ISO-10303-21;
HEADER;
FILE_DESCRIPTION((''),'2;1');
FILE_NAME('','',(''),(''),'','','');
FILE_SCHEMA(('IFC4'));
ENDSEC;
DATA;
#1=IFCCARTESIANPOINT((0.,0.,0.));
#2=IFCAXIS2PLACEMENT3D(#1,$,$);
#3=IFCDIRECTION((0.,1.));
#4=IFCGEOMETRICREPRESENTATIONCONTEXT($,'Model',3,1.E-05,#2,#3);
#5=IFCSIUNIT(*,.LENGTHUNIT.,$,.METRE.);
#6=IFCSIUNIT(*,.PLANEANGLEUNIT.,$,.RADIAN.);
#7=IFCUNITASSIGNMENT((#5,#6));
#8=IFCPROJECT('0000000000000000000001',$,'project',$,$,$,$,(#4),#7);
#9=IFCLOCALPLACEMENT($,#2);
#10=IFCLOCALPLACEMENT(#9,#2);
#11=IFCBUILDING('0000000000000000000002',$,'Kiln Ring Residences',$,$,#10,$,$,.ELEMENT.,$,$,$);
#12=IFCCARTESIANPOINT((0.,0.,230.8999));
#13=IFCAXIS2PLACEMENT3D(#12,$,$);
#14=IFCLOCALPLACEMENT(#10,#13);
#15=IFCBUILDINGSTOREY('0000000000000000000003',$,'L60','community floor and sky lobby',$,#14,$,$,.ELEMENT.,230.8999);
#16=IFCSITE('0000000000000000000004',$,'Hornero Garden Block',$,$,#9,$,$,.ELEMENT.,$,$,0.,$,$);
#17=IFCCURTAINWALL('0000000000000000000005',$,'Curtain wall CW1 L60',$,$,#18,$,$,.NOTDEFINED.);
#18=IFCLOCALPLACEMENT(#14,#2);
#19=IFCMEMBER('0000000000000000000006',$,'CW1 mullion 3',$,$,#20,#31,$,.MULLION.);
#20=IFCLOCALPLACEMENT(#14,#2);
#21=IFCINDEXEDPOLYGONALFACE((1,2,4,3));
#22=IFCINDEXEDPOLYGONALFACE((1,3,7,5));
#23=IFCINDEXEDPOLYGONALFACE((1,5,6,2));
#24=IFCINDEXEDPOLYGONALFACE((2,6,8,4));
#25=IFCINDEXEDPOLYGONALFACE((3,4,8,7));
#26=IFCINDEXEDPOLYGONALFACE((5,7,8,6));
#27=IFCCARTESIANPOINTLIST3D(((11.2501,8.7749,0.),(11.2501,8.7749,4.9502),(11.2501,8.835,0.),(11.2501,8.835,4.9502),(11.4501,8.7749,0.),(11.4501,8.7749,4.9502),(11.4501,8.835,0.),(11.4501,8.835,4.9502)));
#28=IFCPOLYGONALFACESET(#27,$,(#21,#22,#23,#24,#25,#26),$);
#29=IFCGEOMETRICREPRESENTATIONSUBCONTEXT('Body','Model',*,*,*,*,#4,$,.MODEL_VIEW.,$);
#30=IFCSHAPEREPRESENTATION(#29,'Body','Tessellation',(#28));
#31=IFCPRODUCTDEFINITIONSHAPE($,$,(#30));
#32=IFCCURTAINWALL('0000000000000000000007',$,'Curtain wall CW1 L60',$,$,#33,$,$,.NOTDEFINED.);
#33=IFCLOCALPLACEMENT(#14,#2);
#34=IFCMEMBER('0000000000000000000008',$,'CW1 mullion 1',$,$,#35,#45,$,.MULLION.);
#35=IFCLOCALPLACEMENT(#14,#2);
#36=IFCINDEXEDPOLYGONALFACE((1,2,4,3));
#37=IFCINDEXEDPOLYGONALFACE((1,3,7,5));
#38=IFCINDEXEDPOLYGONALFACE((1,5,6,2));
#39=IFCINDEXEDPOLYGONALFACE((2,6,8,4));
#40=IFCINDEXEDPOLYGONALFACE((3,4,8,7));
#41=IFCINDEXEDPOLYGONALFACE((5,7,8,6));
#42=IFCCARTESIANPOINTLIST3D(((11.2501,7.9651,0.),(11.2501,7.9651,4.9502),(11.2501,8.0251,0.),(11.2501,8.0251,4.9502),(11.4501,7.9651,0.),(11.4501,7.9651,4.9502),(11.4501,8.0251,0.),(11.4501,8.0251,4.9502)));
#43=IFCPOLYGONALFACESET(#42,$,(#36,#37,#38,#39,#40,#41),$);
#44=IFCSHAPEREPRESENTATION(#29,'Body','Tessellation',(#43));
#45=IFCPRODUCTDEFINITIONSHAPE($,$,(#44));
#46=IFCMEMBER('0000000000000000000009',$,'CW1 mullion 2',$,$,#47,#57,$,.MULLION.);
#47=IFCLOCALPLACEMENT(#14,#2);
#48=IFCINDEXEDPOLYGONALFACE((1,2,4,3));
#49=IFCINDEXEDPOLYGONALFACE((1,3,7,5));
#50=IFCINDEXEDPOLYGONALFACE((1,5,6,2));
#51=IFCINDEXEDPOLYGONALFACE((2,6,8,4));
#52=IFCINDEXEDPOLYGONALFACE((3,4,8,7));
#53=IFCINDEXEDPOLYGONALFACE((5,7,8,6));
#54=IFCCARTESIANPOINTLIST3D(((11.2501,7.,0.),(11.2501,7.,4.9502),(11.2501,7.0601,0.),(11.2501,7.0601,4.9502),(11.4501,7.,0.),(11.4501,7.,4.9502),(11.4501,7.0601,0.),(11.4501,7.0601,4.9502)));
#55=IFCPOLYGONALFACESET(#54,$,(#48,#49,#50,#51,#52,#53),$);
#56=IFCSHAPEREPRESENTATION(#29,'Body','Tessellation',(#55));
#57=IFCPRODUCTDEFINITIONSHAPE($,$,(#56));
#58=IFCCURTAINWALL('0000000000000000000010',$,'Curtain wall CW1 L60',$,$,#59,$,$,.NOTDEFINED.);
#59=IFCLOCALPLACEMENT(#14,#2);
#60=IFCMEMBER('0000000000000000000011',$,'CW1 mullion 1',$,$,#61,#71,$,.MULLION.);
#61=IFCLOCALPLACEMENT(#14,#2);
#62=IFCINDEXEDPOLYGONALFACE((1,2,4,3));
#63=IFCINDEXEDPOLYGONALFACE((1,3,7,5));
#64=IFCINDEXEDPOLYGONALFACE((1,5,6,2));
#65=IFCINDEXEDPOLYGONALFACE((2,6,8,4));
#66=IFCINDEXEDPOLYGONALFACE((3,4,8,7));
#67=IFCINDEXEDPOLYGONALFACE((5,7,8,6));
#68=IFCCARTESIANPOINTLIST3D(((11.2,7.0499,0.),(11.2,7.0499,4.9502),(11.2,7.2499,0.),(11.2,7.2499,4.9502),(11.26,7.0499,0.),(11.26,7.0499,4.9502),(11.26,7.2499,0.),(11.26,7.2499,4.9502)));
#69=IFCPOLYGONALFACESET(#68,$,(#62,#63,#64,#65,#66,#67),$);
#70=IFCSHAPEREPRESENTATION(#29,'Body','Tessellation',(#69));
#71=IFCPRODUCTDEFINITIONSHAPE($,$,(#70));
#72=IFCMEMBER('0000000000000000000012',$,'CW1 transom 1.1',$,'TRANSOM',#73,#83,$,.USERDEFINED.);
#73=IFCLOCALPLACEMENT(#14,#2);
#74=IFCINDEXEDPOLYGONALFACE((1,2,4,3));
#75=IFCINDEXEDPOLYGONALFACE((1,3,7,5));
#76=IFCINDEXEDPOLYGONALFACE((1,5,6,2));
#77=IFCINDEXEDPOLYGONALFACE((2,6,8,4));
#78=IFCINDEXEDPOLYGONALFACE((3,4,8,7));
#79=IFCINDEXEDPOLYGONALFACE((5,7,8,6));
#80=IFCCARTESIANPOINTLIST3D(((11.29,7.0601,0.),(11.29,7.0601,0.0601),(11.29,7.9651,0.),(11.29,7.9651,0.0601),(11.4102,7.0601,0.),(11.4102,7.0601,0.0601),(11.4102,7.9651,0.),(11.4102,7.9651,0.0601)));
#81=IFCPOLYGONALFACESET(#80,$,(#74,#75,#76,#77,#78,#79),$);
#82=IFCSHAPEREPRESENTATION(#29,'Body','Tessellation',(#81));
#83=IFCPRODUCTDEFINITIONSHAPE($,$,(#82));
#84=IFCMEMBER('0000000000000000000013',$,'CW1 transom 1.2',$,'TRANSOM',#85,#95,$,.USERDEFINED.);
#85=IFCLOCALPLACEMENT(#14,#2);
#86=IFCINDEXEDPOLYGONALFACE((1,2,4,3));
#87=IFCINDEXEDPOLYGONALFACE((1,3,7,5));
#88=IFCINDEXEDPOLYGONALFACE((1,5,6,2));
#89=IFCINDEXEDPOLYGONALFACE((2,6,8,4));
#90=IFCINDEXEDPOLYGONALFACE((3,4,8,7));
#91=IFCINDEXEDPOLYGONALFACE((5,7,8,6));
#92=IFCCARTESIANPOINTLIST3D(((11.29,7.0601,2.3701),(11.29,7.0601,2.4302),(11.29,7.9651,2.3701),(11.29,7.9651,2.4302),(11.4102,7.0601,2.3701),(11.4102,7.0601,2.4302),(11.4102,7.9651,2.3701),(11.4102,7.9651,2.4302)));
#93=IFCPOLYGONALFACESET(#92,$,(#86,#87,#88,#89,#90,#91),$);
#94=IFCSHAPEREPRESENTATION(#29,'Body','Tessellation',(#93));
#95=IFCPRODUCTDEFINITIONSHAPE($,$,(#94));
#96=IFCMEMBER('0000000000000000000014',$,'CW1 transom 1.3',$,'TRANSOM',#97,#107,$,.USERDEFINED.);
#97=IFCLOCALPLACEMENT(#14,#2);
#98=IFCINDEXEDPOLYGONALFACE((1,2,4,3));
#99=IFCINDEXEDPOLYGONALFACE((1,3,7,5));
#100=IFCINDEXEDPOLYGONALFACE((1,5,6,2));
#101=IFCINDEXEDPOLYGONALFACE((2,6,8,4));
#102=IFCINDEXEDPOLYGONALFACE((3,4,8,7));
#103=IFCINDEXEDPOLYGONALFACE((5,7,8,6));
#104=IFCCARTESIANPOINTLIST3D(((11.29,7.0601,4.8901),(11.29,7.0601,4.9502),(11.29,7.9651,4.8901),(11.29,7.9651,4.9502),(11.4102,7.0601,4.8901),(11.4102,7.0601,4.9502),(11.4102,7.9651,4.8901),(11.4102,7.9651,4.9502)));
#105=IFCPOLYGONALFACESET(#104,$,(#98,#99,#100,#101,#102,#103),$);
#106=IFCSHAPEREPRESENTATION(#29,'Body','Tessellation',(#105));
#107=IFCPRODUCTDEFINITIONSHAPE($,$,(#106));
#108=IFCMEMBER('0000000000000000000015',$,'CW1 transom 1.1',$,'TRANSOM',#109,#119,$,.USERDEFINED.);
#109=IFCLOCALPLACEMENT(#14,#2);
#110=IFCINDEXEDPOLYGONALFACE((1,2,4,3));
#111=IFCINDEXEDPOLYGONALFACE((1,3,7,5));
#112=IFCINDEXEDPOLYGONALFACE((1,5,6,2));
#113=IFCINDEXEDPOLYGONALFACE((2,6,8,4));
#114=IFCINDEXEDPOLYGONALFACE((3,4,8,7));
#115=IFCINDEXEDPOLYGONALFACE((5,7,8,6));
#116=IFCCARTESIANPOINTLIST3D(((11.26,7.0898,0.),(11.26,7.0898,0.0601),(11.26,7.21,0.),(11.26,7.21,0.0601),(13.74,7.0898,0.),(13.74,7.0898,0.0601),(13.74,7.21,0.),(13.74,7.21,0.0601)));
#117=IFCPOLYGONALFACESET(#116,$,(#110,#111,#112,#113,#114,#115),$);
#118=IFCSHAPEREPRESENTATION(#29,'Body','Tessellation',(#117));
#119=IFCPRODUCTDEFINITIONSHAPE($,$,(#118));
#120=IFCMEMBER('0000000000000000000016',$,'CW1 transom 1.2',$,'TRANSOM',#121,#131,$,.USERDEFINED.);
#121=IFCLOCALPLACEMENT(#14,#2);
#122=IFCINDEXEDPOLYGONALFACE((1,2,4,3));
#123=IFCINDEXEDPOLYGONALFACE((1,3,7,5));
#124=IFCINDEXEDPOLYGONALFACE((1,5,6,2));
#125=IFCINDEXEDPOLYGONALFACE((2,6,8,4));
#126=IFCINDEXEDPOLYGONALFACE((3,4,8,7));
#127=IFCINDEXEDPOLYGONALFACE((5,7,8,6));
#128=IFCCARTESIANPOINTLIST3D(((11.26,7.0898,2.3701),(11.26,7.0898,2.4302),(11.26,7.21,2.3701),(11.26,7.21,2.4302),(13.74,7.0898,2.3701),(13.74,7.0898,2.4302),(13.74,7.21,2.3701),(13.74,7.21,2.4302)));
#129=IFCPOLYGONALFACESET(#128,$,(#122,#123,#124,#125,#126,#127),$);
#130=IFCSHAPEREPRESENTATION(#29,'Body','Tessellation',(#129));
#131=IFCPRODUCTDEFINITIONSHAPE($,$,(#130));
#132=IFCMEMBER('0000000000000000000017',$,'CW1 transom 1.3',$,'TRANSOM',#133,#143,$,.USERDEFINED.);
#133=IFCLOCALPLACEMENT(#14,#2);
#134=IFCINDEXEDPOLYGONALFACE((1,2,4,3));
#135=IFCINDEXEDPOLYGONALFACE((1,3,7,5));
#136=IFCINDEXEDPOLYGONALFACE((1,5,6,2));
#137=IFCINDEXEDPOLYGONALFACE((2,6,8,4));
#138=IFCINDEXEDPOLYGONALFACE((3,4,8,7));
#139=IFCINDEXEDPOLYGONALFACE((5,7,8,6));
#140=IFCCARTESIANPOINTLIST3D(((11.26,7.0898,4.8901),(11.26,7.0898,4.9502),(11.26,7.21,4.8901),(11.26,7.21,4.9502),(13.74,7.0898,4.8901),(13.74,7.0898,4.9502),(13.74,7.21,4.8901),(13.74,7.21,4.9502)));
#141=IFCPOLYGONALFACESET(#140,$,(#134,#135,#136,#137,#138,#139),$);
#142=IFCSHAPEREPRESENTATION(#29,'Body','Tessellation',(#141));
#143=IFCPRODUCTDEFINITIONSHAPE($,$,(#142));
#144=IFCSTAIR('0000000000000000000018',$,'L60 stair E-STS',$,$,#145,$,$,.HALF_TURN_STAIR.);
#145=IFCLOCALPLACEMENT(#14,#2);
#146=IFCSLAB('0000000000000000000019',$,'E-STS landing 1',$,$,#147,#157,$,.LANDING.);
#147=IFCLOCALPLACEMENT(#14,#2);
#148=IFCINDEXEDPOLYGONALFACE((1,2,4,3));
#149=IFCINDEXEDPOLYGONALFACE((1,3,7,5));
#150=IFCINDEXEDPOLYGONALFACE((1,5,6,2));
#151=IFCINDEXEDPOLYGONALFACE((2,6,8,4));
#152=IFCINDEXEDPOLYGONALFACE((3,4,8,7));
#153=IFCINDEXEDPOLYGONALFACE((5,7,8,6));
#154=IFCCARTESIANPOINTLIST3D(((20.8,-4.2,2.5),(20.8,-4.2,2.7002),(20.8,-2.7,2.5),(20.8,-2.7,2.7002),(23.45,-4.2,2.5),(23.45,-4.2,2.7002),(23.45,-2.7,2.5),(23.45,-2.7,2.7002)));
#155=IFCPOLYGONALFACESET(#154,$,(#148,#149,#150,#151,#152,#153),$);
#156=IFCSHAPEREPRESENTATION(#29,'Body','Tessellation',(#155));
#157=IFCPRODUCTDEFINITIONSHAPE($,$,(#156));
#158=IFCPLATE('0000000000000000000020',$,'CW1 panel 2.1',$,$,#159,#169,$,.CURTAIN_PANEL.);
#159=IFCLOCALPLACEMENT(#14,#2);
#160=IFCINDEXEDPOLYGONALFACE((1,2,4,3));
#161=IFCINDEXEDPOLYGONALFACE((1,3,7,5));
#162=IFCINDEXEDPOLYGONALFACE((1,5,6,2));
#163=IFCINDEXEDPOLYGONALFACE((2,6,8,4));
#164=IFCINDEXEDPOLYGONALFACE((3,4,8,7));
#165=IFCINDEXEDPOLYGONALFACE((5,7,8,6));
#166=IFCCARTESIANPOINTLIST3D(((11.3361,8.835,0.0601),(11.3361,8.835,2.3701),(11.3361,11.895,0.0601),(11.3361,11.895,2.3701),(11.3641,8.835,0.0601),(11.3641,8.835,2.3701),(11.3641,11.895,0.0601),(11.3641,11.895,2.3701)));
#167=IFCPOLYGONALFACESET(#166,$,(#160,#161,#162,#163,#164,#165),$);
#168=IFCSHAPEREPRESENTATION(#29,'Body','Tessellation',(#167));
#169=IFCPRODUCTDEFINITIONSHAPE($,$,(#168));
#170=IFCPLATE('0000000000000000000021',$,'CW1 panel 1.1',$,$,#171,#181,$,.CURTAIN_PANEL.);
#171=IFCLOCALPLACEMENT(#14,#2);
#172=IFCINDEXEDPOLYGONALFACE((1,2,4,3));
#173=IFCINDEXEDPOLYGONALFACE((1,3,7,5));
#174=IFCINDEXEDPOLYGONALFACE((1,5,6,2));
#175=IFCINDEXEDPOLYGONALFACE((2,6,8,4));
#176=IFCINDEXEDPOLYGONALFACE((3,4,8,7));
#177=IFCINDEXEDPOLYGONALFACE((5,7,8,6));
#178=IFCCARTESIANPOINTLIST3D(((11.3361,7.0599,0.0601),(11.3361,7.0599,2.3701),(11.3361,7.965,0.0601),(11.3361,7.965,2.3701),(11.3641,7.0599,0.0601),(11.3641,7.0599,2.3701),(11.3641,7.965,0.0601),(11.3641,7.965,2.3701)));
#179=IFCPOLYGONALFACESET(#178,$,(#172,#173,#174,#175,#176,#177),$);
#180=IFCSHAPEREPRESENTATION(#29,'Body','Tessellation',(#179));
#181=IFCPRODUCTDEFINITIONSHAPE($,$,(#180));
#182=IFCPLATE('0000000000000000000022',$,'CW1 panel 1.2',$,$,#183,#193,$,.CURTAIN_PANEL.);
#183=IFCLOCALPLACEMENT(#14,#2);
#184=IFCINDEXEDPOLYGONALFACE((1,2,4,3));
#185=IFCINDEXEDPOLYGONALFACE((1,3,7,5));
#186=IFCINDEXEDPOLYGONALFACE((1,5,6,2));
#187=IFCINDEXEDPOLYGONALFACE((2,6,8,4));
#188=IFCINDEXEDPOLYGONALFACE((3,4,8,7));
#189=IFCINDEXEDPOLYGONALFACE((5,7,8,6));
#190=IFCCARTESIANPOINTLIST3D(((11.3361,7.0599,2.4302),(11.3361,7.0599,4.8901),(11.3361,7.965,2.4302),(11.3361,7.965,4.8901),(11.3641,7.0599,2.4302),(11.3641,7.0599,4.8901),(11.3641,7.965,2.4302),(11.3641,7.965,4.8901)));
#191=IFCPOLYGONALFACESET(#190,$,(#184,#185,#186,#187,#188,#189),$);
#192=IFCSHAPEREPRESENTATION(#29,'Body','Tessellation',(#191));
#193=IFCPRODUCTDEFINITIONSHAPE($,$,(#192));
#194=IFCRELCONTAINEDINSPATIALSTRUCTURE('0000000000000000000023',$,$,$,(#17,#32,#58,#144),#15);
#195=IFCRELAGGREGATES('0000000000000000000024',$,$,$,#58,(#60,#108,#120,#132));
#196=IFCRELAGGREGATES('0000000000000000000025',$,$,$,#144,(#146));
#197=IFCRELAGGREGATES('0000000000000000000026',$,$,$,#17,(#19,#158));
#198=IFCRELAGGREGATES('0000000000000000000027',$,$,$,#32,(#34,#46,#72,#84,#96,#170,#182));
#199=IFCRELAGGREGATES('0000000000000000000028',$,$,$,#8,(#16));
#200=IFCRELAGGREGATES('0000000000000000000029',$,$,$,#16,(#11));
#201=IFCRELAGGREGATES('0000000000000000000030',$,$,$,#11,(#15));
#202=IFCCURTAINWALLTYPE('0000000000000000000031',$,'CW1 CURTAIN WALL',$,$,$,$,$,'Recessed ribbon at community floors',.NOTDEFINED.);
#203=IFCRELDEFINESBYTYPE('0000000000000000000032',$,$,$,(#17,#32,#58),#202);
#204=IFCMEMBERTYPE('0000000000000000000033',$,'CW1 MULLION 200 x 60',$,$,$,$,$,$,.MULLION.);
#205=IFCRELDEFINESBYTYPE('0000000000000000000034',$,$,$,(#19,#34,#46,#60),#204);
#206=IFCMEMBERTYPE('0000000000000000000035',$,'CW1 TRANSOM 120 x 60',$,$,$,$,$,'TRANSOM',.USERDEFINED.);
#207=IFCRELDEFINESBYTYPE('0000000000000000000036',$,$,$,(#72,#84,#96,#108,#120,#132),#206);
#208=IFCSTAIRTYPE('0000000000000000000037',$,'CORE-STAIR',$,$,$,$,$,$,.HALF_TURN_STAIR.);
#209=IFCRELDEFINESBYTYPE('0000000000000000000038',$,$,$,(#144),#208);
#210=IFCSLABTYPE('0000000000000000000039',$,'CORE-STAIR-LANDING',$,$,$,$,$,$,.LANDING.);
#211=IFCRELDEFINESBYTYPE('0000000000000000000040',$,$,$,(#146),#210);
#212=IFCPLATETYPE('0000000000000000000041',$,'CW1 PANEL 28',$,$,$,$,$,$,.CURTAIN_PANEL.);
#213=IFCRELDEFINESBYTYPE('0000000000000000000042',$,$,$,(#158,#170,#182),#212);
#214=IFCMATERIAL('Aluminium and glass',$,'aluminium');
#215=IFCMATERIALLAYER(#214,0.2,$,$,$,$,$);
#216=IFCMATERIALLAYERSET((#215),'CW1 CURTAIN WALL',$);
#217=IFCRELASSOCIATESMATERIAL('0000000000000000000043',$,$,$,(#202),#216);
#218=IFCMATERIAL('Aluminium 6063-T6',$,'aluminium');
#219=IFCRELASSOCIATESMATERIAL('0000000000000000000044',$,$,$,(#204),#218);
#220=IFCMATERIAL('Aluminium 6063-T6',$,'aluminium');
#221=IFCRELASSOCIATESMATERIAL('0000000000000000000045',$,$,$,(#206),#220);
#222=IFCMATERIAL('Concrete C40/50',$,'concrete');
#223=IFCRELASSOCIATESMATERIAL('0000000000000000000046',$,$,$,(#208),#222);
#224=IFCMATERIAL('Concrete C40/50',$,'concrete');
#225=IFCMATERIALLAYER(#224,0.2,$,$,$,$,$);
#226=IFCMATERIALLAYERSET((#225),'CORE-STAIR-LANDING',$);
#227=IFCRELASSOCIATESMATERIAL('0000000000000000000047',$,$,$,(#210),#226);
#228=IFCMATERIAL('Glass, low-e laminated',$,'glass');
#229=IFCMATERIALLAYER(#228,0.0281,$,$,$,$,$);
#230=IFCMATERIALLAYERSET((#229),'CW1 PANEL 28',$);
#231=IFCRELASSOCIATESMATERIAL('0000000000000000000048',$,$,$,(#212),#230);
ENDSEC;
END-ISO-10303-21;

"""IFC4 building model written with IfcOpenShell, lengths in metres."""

from ifc_helpers import new_model, si_unit, direction, frame, origin, origin_2d, place, context, subcontext, project, spatial, polyline, rectangle, outline, extrude, material, layer, layer_set, material_profile, profile_set, type_object, element, aggregate, save


model = new_model("IFC4")

# Units and contexts
model_context = context("Model", 3, precision=1e-05, world=origin(), true_north=direction((0.0, 1.0)))
body_context = subcontext(model_context, "Body", "Model", "MODEL_VIEW")
ifc_project = project(units=[si_unit("LENGTHUNIT", "METRE"), si_unit("PLANEANGLEUNIT", "RADIAN")], contexts=[model_context])

# Site, building, storey
site_placement = place(None, origin())
site = spatial("IfcSite", under=ifc_project, at=site_placement, Name="Hornero Garden Block", CompositionType="ELEMENT", RefElevation=0.0)
building_placement = place(site_placement, origin())
building = spatial("IfcBuilding", under=site, at=building_placement, Name="Kiln Ring Residences", CompositionType="ELEMENT")
storey_placement = place(building_placement, frame((0.0, 0.0, 230.8999)))
storey = spatial("IfcBuildingStorey", under=building, at=storey_placement, Name="L60", Description="community floor and sky lobby", CompositionType="ELEMENT", Elevation=230.8999)

# Curtain wall, member
ifc_material_1 = material(Name="Aluminium and glass", Category="aluminium")
ifc_layer_1 = layer(ifc_material_1, 0.2)
ifc_layer_set_1 = layer_set([ifc_layer_1], Name="CW1 CURTAIN WALL")
curtain_wall_type = type_object("IfcCurtainWallType", Name="CW1 CURTAIN WALL", ElementType="Recessed ribbon at community floors", PredefinedType="NOTDEFINED", material=ifc_layer_set_1)
placement = place(storey_placement, origin())
curtain_wall_1 = element("IfcCurtainWall", 1, at=placement, inside=storey, type_object=curtain_wall_type, Name="Curtain wall CW1 L60", PredefinedType="NOTDEFINED")
ifc_material_2 = material(Name="Aluminium 6063-T6", Category="aluminium")
ifc_material_profile_1 = material_profile(ifc_material_2, rectangle(XDim=0.2, YDim=0.0601, at=origin_2d()), Name="AL 200x60")
ifc_profile_set_1 = profile_set([ifc_material_profile_1], Name="Aluminium 6063-T6")
member_type_1 = type_object("IfcMemberType", Name="CW1 MULLION 200 x 60", PredefinedType="MULLION", material=ifc_profile_set_1)
member_1_placement = place(storey_placement, frame((11.3501, 8.8049, 0.0), z_axis=(0.0, 0.0, 1.0), x_axis=(1.0, 0.0, 0.0)))
member_1 = element("IfcMember", 2, at=member_1_placement, type_object=member_type_1, Name="CW1 mullion 3", PredefinedType="MULLION", context=body_context, shape_type="SweptSolid", body=[
    extrude(rectangle(XDim=0.2, YDim=0.0601, at=origin_2d()), origin(), (0.0, 0.0, 1.0), 4.9502),
])

# Curtain wall, members
curtain_wall_2 = element("IfcCurtainWall", 3, at=placement, inside=storey, type_object=curtain_wall_type, Name="Curtain wall CW1 L60", PredefinedType="NOTDEFINED")
member_2_placement = place(storey_placement, frame((11.3501, 7.9951, 0.0), z_axis=(0.0, 0.0, 1.0), x_axis=(1.0, 0.0, 0.0)))
member_2 = element("IfcMember", 4, at=member_2_placement, type_object=member_type_1, Name="CW1 mullion 1", PredefinedType="MULLION", context=body_context, shape_type="SweptSolid", body=[
    extrude(rectangle(XDim=0.2, YDim=0.0601, at=origin_2d()), origin(), (0.0, 0.0, 1.0), 4.9502),
])
member_3_placement = place(storey_placement, frame((11.3501, 7.03, 0.0), z_axis=(0.0, 0.0, 1.0), x_axis=(1.0, 0.0, 0.0)))
member_3 = element("IfcMember", 5, at=member_3_placement, type_object=member_type_1, Name="CW1 mullion 2", PredefinedType="MULLION", context=body_context, shape_type="SweptSolid", body=[
    extrude(rectangle(XDim=0.2, YDim=0.0601, at=origin_2d()), origin(), (0.0, 0.0, 1.0), 4.9502),
])

# Curtain wall, member
curtain_wall_3 = element("IfcCurtainWall", 6, at=placement, inside=storey, type_object=curtain_wall_type, Name="Curtain wall CW1 L60", PredefinedType="NOTDEFINED")
member_4_placement = place(storey_placement, frame((11.23, 7.1499, 0.0), z_axis=(0.0, 0.0, 1.0), x_axis=(0.0, 1.0, 0.0)))
member_4 = element("IfcMember", 7, at=member_4_placement, type_object=member_type_1, Name="CW1 mullion 1", PredefinedType="MULLION", context=body_context, shape_type="SweptSolid", body=[
    extrude(rectangle(XDim=0.2, YDim=0.0601, at=origin_2d()), origin(), (0.0, 0.0, 1.0), 4.9502),
])

# Members
ifc_material_3 = material(Name="Aluminium 6063-T6", Category="aluminium")
ifc_material_profile_2 = material_profile(ifc_material_3, rectangle(XDim=0.1201, YDim=0.0601, at=origin_2d()), Name="AL 120x60")
ifc_profile_set_2 = profile_set([ifc_material_profile_2], Name="Aluminium 6063-T6")
member_type_2 = type_object("IfcMemberType", Name="CW1 TRANSOM 120 x 60", ElementType="TRANSOM", PredefinedType="USERDEFINED", material=ifc_profile_set_2)
member_5_placement = place(storey_placement, frame((11.3501, 7.9651, 0.03), z_axis=(0.0, -1.0, 0.0), x_axis=(1.0, 0.0, 0.0)))
member_5 = element("IfcMember", 8, at=member_5_placement, type_object=member_type_2, Name="CW1 transom 1.1", ObjectType="TRANSOM", PredefinedType="USERDEFINED", context=body_context, shape_type="SweptSolid", body=[
    extrude(rectangle(XDim=0.1201, YDim=0.0601, at=origin_2d()), origin(), (0.0, 0.0, 1.0), 0.905),
])
member_6_placement = place(storey_placement, frame((11.3501, 7.9651, 2.4001), z_axis=(0.0, -1.0, 0.0), x_axis=(1.0, 0.0, 0.0)))
member_6 = element("IfcMember", 9, at=member_6_placement, type_object=member_type_2, Name="CW1 transom 1.2", ObjectType="TRANSOM", PredefinedType="USERDEFINED", context=body_context, shape_type="SweptSolid", body=[
    extrude(rectangle(XDim=0.1201, YDim=0.0601, at=origin_2d()), origin(), (0.0, 0.0, 1.0), 0.905),
])
member_7_placement = place(storey_placement, frame((11.3501, 7.9651, 4.9202), z_axis=(0.0, -1.0, 0.0), x_axis=(1.0, 0.0, 0.0)))
member_7 = element("IfcMember", 10, at=member_7_placement, type_object=member_type_2, Name="CW1 transom 1.3", ObjectType="TRANSOM", PredefinedType="USERDEFINED", context=body_context, shape_type="SweptSolid", body=[
    extrude(rectangle(XDim=0.1201, YDim=0.0601, at=origin_2d()), origin(), (0.0, 0.0, 1.0), 0.905),
])
member_8_placement = place(storey_placement, frame((11.26, 7.1499, 0.03), z_axis=(1.0, 0.0, 0.0), x_axis=(0.0, 1.0, 0.0)))
member_8 = element("IfcMember", 11, at=member_8_placement, type_object=member_type_2, Name="CW1 transom 1.1", ObjectType="TRANSOM", PredefinedType="USERDEFINED", context=body_context, shape_type="SweptSolid", body=[
    extrude(rectangle(XDim=0.1201, YDim=0.0601, at=origin_2d()), origin(), (0.0, 0.0, 1.0), 2.48),
])
member_9_placement = place(storey_placement, frame((11.26, 7.1499, 2.4001), z_axis=(1.0, 0.0, 0.0), x_axis=(0.0, 1.0, 0.0)))
member_9 = element("IfcMember", 12, at=member_9_placement, type_object=member_type_2, Name="CW1 transom 1.2", ObjectType="TRANSOM", PredefinedType="USERDEFINED", context=body_context, shape_type="SweptSolid", body=[
    extrude(rectangle(XDim=0.1201, YDim=0.0601, at=origin_2d()), origin(), (0.0, 0.0, 1.0), 2.48),
])
member_10_placement = place(storey_placement, frame((11.26, 7.1499, 4.9202), z_axis=(1.0, 0.0, 0.0), x_axis=(0.0, 1.0, 0.0)))
member_10 = element("IfcMember", 13, at=member_10_placement, type_object=member_type_2, Name="CW1 transom 1.3", ObjectType="TRANSOM", PredefinedType="USERDEFINED", context=body_context, shape_type="SweptSolid", body=[
    extrude(rectangle(XDim=0.1201, YDim=0.0601, at=origin_2d()), origin(), (0.0, 0.0, 1.0), 2.48),
])
aggregate(curtain_wall_3, [member_4, member_8, member_9, member_10])

# Stair, slab
ifc_material_4 = material(Name="Concrete C40/50", Category="concrete")
stair_type = type_object("IfcStairType", Name="CORE-STAIR", PredefinedType="HALF_TURN_STAIR", material=ifc_material_4)
stair = element("IfcStair", 14, at=placement, inside=storey, type_object=stair_type, Name="L60 stair E-STS", PredefinedType="HALF_TURN_STAIR")
ifc_material_5 = material(Name="Concrete C40/50", Category="concrete")
ifc_layer_2 = layer(ifc_material_5, 0.2)
ifc_layer_set_2 = layer_set([ifc_layer_2], Name="CORE-STAIR-LANDING")
slab_type = type_object("IfcSlabType", Name="CORE-STAIR-LANDING", PredefinedType="LANDING", material=ifc_layer_set_2)
slab_placement = place(storey_placement, frame((0.0, 0.0, 2.5)))
slab = element("IfcSlab", 15, at=slab_placement, type_object=slab_type, Name="E-STS landing 1", PredefinedType="LANDING", context=body_context, shape_type="SweptSolid", body=[
    extrude(outline(polyline([(23.45, -4.2), (23.45, -2.7), (20.8, -2.7), (20.8, -4.2), (23.45, -4.2)])), origin(), (0.0, 0.0, 1.0), 0.2002),
])
aggregate(stair, [slab])

# Plates
ifc_material_6 = material(Name="Glass, low-e laminated", Category="glass")
ifc_layer_3 = layer(ifc_material_6, 0.0281)
ifc_layer_set_3 = layer_set([ifc_layer_3], Name="CW1 PANEL 28")
plate_type = type_object("IfcPlateType", Name="CW1 PANEL 28", PredefinedType="CURTAIN_PANEL", material=ifc_layer_set_3)
plate_1_placement = place(storey_placement, frame((11.3501, 10.365, 0.0601), z_axis=(0.0, 0.0, 1.0), x_axis=(0.0, -1.0, 0.0)))
plate_1 = element("IfcPlate", 16, at=plate_1_placement, type_object=plate_type, Name="CW1 panel 2.1", PredefinedType="CURTAIN_PANEL", context=body_context, shape_type="SweptSolid", body=[
    extrude(rectangle(XDim=3.0601, YDim=0.0281, at=origin_2d()), origin(), (0.0, 0.0, 1.0), 2.3101),
])
aggregate(curtain_wall_1, [member_1, plate_1])
plate_2_placement = place(storey_placement, frame((11.3501, 7.5125, 0.0601), z_axis=(0.0, 0.0, 1.0), x_axis=(0.0, -1.0, 0.0)))
plate_2 = element("IfcPlate", 17, at=plate_2_placement, type_object=plate_type, Name="CW1 panel 1.1", PredefinedType="CURTAIN_PANEL", context=body_context, shape_type="SweptSolid", body=[
    extrude(rectangle(XDim=0.905, YDim=0.0281, at=origin_2d()), origin(), (0.0, 0.0, 1.0), 2.3101),
])
plate_3_placement = place(storey_placement, frame((11.3501, 7.5125, 2.4302), z_axis=(0.0, 0.0, 1.0), x_axis=(0.0, -1.0, 0.0)))
plate_3 = element("IfcPlate", 18, at=plate_3_placement, type_object=plate_type, Name="CW1 panel 1.2", PredefinedType="CURTAIN_PANEL", context=body_context, shape_type="SweptSolid", body=[
    extrude(rectangle(XDim=0.905, YDim=0.0281, at=origin_2d()), origin(), (0.0, 0.0, 1.0), 2.46),
])
aggregate(curtain_wall_2, [member_2, member_3, member_5, member_6, member_7, plate_2, plate_3])

save(model, "model.ifc")
